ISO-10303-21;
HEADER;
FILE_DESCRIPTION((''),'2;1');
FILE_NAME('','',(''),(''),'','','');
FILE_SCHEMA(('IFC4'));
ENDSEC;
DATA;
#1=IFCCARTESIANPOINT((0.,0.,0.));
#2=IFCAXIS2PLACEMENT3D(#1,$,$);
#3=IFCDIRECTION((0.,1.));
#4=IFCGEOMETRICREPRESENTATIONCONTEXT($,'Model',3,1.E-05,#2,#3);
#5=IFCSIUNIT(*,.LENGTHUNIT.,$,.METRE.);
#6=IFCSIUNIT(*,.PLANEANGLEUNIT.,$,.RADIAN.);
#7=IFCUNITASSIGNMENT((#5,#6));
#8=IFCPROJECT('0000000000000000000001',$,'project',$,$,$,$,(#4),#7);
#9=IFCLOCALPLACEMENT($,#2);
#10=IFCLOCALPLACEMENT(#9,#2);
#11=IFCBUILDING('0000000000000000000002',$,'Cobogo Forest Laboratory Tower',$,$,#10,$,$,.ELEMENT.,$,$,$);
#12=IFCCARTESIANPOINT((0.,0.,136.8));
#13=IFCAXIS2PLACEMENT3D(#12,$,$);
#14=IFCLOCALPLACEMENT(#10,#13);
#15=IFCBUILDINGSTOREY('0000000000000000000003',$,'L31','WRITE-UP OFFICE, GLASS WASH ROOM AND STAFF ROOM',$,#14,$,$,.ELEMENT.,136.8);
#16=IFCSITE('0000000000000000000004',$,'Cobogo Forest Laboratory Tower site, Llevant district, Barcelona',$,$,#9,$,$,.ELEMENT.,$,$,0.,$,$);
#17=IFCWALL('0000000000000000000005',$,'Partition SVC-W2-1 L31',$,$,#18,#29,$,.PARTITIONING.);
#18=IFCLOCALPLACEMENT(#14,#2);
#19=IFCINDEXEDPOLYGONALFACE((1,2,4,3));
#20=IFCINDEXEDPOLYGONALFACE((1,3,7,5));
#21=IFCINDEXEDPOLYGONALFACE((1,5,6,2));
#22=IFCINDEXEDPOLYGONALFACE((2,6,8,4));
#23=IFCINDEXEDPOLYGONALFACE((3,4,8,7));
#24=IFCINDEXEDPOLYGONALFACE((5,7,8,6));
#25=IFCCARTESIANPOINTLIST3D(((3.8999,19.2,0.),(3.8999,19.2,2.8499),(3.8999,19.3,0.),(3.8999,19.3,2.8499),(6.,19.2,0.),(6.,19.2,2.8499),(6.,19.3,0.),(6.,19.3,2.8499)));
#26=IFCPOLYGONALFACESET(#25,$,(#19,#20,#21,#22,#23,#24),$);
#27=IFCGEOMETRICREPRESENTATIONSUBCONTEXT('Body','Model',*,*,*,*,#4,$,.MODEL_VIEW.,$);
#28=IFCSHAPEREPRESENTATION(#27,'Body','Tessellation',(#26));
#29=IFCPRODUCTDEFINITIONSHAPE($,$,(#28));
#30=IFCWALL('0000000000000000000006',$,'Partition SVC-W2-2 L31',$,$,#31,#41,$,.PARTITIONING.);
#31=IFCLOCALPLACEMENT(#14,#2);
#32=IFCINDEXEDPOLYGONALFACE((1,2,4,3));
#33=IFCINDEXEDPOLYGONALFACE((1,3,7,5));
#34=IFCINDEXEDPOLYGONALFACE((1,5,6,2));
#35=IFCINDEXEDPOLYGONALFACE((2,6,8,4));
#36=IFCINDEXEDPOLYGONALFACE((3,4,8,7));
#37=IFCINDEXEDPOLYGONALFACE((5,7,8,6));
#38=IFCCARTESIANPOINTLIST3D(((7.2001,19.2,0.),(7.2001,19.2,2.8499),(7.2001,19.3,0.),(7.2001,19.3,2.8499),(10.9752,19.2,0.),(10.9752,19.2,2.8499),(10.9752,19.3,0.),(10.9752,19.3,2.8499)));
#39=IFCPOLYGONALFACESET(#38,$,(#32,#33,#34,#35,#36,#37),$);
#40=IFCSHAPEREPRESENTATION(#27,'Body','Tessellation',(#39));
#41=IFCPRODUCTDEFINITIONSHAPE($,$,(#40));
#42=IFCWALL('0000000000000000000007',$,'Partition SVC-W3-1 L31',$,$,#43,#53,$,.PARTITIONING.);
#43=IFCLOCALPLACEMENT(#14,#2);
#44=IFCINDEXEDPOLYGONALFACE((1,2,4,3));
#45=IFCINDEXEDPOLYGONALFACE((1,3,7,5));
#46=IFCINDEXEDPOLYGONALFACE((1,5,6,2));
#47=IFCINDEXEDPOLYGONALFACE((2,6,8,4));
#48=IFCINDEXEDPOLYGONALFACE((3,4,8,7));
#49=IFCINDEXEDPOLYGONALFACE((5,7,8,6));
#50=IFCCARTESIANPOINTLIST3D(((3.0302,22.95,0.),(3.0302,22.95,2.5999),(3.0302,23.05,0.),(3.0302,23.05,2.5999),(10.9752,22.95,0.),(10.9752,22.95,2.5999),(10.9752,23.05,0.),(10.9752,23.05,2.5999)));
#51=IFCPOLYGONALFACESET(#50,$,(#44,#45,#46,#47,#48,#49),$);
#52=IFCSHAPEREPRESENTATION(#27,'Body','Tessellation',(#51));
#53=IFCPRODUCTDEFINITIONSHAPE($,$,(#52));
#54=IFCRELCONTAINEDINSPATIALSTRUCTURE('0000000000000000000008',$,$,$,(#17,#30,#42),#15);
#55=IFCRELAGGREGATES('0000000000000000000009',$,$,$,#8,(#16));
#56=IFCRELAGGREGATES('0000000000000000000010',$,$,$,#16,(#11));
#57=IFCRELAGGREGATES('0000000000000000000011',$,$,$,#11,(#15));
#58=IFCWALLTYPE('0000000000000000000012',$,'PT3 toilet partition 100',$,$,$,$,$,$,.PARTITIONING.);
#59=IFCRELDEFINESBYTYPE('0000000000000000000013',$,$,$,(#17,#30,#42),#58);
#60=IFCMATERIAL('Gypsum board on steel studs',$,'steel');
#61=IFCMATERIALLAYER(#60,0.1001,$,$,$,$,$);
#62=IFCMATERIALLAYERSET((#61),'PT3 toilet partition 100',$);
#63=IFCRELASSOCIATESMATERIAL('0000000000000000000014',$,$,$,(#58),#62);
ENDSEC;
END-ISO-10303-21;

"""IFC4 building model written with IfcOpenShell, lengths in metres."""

from ifc_helpers import new_model, si_unit, direction, frame, frame_2d, origin, place, context, subcontext, project, spatial, rectangle, extrude, material, layer, layer_set, type_object, element, save


model = new_model("IFC4")

# Units and contexts
model_context = context("Model", 3, precision=1e-05, world=origin(), true_north=direction((0.0, 1.0)))
body_context = subcontext(model_context, "Body", "Model", "MODEL_VIEW")
ifc_project = project(units=[si_unit("LENGTHUNIT", "METRE"), si_unit("PLANEANGLEUNIT", "RADIAN")], contexts=[model_context])

# Site, building, storey
site_placement = place(None, origin())
site = spatial("IfcSite", under=ifc_project, at=site_placement, Name="Cobogo Forest Laboratory Tower site, Llevant district, Barcelona", CompositionType="ELEMENT", RefElevation=0.0)
building_placement = place(site_placement, origin())
building = spatial("IfcBuilding", under=site, at=building_placement, Name="Cobogo Forest Laboratory Tower", CompositionType="ELEMENT")
storey_placement = place(building_placement, frame((0.0, 0.0, 136.8)))
storey = spatial("IfcBuildingStorey", under=building, at=storey_placement, Name="L31", Description="WRITE-UP OFFICE, GLASS WASH ROOM AND STAFF ROOM", CompositionType="ELEMENT", Elevation=136.8)

# Walls
ifc_material_1 = material(Name="Gypsum board on steel studs", Category="steel")
ifc_layer_1 = layer(ifc_material_1, 0.1001)
ifc_layer_set_1 = layer_set([ifc_layer_1], Name="PT3 toilet partition 100")
wall_type_1 = type_object("IfcWallType", Name="PT3 toilet partition 100", PredefinedType="PARTITIONING", material=ifc_layer_set_1)
wall_1_placement = place(storey_placement, frame((3.8999, 19.25, 0.0), z_axis=(0.0, 0.0, 1.0), x_axis=(1.0, 0.0, 0.0)))
element("IfcWall", 1, at=wall_1_placement, inside=storey, type_object=wall_type_1, Name="Partition SVC-W2-1 L31", PredefinedType="PARTITIONING", context=body_context, shape_type="SweptSolid", body=[
    extrude(rectangle(XDim=2.1001, YDim=0.1001, at=frame_2d((1.05, 0.0))), origin(), (0.0, 0.0, 1.0), 2.8499),
])
wall_2_placement = place(storey_placement, frame((7.2, 19.25, 0.0), z_axis=(0.0, 0.0, 1.0), x_axis=(1.0, 0.0, 0.0)))
element("IfcWall", 2, at=wall_2_placement, inside=storey, type_object=wall_type_1, Name="Partition SVC-W2-2 L31", PredefinedType="PARTITIONING", context=body_context, shape_type="SweptSolid", body=[
    extrude(rectangle(XDim=3.7751, YDim=0.1001, at=frame_2d((1.8877, 0.0))), origin(), (0.0, 0.0, 1.0), 2.8499),
])
wall_3_placement = place(storey_placement, frame((3.03, 23.0, 0.0), z_axis=(0.0, 0.0, 1.0), x_axis=(1.0, 0.0, 0.0)))
element("IfcWall", 3, at=wall_3_placement, inside=storey, type_object=wall_type_1, Name="Partition SVC-W3-1 L31", PredefinedType="PARTITIONING", context=body_context, shape_type="SweptSolid", body=[
    extrude(rectangle(XDim=7.9451, YDim=0.1001, at=frame_2d((3.9727, 0.0))), origin(), (0.0, 0.0, 1.0), 2.5999),
])

save(model, "model.ifc")
